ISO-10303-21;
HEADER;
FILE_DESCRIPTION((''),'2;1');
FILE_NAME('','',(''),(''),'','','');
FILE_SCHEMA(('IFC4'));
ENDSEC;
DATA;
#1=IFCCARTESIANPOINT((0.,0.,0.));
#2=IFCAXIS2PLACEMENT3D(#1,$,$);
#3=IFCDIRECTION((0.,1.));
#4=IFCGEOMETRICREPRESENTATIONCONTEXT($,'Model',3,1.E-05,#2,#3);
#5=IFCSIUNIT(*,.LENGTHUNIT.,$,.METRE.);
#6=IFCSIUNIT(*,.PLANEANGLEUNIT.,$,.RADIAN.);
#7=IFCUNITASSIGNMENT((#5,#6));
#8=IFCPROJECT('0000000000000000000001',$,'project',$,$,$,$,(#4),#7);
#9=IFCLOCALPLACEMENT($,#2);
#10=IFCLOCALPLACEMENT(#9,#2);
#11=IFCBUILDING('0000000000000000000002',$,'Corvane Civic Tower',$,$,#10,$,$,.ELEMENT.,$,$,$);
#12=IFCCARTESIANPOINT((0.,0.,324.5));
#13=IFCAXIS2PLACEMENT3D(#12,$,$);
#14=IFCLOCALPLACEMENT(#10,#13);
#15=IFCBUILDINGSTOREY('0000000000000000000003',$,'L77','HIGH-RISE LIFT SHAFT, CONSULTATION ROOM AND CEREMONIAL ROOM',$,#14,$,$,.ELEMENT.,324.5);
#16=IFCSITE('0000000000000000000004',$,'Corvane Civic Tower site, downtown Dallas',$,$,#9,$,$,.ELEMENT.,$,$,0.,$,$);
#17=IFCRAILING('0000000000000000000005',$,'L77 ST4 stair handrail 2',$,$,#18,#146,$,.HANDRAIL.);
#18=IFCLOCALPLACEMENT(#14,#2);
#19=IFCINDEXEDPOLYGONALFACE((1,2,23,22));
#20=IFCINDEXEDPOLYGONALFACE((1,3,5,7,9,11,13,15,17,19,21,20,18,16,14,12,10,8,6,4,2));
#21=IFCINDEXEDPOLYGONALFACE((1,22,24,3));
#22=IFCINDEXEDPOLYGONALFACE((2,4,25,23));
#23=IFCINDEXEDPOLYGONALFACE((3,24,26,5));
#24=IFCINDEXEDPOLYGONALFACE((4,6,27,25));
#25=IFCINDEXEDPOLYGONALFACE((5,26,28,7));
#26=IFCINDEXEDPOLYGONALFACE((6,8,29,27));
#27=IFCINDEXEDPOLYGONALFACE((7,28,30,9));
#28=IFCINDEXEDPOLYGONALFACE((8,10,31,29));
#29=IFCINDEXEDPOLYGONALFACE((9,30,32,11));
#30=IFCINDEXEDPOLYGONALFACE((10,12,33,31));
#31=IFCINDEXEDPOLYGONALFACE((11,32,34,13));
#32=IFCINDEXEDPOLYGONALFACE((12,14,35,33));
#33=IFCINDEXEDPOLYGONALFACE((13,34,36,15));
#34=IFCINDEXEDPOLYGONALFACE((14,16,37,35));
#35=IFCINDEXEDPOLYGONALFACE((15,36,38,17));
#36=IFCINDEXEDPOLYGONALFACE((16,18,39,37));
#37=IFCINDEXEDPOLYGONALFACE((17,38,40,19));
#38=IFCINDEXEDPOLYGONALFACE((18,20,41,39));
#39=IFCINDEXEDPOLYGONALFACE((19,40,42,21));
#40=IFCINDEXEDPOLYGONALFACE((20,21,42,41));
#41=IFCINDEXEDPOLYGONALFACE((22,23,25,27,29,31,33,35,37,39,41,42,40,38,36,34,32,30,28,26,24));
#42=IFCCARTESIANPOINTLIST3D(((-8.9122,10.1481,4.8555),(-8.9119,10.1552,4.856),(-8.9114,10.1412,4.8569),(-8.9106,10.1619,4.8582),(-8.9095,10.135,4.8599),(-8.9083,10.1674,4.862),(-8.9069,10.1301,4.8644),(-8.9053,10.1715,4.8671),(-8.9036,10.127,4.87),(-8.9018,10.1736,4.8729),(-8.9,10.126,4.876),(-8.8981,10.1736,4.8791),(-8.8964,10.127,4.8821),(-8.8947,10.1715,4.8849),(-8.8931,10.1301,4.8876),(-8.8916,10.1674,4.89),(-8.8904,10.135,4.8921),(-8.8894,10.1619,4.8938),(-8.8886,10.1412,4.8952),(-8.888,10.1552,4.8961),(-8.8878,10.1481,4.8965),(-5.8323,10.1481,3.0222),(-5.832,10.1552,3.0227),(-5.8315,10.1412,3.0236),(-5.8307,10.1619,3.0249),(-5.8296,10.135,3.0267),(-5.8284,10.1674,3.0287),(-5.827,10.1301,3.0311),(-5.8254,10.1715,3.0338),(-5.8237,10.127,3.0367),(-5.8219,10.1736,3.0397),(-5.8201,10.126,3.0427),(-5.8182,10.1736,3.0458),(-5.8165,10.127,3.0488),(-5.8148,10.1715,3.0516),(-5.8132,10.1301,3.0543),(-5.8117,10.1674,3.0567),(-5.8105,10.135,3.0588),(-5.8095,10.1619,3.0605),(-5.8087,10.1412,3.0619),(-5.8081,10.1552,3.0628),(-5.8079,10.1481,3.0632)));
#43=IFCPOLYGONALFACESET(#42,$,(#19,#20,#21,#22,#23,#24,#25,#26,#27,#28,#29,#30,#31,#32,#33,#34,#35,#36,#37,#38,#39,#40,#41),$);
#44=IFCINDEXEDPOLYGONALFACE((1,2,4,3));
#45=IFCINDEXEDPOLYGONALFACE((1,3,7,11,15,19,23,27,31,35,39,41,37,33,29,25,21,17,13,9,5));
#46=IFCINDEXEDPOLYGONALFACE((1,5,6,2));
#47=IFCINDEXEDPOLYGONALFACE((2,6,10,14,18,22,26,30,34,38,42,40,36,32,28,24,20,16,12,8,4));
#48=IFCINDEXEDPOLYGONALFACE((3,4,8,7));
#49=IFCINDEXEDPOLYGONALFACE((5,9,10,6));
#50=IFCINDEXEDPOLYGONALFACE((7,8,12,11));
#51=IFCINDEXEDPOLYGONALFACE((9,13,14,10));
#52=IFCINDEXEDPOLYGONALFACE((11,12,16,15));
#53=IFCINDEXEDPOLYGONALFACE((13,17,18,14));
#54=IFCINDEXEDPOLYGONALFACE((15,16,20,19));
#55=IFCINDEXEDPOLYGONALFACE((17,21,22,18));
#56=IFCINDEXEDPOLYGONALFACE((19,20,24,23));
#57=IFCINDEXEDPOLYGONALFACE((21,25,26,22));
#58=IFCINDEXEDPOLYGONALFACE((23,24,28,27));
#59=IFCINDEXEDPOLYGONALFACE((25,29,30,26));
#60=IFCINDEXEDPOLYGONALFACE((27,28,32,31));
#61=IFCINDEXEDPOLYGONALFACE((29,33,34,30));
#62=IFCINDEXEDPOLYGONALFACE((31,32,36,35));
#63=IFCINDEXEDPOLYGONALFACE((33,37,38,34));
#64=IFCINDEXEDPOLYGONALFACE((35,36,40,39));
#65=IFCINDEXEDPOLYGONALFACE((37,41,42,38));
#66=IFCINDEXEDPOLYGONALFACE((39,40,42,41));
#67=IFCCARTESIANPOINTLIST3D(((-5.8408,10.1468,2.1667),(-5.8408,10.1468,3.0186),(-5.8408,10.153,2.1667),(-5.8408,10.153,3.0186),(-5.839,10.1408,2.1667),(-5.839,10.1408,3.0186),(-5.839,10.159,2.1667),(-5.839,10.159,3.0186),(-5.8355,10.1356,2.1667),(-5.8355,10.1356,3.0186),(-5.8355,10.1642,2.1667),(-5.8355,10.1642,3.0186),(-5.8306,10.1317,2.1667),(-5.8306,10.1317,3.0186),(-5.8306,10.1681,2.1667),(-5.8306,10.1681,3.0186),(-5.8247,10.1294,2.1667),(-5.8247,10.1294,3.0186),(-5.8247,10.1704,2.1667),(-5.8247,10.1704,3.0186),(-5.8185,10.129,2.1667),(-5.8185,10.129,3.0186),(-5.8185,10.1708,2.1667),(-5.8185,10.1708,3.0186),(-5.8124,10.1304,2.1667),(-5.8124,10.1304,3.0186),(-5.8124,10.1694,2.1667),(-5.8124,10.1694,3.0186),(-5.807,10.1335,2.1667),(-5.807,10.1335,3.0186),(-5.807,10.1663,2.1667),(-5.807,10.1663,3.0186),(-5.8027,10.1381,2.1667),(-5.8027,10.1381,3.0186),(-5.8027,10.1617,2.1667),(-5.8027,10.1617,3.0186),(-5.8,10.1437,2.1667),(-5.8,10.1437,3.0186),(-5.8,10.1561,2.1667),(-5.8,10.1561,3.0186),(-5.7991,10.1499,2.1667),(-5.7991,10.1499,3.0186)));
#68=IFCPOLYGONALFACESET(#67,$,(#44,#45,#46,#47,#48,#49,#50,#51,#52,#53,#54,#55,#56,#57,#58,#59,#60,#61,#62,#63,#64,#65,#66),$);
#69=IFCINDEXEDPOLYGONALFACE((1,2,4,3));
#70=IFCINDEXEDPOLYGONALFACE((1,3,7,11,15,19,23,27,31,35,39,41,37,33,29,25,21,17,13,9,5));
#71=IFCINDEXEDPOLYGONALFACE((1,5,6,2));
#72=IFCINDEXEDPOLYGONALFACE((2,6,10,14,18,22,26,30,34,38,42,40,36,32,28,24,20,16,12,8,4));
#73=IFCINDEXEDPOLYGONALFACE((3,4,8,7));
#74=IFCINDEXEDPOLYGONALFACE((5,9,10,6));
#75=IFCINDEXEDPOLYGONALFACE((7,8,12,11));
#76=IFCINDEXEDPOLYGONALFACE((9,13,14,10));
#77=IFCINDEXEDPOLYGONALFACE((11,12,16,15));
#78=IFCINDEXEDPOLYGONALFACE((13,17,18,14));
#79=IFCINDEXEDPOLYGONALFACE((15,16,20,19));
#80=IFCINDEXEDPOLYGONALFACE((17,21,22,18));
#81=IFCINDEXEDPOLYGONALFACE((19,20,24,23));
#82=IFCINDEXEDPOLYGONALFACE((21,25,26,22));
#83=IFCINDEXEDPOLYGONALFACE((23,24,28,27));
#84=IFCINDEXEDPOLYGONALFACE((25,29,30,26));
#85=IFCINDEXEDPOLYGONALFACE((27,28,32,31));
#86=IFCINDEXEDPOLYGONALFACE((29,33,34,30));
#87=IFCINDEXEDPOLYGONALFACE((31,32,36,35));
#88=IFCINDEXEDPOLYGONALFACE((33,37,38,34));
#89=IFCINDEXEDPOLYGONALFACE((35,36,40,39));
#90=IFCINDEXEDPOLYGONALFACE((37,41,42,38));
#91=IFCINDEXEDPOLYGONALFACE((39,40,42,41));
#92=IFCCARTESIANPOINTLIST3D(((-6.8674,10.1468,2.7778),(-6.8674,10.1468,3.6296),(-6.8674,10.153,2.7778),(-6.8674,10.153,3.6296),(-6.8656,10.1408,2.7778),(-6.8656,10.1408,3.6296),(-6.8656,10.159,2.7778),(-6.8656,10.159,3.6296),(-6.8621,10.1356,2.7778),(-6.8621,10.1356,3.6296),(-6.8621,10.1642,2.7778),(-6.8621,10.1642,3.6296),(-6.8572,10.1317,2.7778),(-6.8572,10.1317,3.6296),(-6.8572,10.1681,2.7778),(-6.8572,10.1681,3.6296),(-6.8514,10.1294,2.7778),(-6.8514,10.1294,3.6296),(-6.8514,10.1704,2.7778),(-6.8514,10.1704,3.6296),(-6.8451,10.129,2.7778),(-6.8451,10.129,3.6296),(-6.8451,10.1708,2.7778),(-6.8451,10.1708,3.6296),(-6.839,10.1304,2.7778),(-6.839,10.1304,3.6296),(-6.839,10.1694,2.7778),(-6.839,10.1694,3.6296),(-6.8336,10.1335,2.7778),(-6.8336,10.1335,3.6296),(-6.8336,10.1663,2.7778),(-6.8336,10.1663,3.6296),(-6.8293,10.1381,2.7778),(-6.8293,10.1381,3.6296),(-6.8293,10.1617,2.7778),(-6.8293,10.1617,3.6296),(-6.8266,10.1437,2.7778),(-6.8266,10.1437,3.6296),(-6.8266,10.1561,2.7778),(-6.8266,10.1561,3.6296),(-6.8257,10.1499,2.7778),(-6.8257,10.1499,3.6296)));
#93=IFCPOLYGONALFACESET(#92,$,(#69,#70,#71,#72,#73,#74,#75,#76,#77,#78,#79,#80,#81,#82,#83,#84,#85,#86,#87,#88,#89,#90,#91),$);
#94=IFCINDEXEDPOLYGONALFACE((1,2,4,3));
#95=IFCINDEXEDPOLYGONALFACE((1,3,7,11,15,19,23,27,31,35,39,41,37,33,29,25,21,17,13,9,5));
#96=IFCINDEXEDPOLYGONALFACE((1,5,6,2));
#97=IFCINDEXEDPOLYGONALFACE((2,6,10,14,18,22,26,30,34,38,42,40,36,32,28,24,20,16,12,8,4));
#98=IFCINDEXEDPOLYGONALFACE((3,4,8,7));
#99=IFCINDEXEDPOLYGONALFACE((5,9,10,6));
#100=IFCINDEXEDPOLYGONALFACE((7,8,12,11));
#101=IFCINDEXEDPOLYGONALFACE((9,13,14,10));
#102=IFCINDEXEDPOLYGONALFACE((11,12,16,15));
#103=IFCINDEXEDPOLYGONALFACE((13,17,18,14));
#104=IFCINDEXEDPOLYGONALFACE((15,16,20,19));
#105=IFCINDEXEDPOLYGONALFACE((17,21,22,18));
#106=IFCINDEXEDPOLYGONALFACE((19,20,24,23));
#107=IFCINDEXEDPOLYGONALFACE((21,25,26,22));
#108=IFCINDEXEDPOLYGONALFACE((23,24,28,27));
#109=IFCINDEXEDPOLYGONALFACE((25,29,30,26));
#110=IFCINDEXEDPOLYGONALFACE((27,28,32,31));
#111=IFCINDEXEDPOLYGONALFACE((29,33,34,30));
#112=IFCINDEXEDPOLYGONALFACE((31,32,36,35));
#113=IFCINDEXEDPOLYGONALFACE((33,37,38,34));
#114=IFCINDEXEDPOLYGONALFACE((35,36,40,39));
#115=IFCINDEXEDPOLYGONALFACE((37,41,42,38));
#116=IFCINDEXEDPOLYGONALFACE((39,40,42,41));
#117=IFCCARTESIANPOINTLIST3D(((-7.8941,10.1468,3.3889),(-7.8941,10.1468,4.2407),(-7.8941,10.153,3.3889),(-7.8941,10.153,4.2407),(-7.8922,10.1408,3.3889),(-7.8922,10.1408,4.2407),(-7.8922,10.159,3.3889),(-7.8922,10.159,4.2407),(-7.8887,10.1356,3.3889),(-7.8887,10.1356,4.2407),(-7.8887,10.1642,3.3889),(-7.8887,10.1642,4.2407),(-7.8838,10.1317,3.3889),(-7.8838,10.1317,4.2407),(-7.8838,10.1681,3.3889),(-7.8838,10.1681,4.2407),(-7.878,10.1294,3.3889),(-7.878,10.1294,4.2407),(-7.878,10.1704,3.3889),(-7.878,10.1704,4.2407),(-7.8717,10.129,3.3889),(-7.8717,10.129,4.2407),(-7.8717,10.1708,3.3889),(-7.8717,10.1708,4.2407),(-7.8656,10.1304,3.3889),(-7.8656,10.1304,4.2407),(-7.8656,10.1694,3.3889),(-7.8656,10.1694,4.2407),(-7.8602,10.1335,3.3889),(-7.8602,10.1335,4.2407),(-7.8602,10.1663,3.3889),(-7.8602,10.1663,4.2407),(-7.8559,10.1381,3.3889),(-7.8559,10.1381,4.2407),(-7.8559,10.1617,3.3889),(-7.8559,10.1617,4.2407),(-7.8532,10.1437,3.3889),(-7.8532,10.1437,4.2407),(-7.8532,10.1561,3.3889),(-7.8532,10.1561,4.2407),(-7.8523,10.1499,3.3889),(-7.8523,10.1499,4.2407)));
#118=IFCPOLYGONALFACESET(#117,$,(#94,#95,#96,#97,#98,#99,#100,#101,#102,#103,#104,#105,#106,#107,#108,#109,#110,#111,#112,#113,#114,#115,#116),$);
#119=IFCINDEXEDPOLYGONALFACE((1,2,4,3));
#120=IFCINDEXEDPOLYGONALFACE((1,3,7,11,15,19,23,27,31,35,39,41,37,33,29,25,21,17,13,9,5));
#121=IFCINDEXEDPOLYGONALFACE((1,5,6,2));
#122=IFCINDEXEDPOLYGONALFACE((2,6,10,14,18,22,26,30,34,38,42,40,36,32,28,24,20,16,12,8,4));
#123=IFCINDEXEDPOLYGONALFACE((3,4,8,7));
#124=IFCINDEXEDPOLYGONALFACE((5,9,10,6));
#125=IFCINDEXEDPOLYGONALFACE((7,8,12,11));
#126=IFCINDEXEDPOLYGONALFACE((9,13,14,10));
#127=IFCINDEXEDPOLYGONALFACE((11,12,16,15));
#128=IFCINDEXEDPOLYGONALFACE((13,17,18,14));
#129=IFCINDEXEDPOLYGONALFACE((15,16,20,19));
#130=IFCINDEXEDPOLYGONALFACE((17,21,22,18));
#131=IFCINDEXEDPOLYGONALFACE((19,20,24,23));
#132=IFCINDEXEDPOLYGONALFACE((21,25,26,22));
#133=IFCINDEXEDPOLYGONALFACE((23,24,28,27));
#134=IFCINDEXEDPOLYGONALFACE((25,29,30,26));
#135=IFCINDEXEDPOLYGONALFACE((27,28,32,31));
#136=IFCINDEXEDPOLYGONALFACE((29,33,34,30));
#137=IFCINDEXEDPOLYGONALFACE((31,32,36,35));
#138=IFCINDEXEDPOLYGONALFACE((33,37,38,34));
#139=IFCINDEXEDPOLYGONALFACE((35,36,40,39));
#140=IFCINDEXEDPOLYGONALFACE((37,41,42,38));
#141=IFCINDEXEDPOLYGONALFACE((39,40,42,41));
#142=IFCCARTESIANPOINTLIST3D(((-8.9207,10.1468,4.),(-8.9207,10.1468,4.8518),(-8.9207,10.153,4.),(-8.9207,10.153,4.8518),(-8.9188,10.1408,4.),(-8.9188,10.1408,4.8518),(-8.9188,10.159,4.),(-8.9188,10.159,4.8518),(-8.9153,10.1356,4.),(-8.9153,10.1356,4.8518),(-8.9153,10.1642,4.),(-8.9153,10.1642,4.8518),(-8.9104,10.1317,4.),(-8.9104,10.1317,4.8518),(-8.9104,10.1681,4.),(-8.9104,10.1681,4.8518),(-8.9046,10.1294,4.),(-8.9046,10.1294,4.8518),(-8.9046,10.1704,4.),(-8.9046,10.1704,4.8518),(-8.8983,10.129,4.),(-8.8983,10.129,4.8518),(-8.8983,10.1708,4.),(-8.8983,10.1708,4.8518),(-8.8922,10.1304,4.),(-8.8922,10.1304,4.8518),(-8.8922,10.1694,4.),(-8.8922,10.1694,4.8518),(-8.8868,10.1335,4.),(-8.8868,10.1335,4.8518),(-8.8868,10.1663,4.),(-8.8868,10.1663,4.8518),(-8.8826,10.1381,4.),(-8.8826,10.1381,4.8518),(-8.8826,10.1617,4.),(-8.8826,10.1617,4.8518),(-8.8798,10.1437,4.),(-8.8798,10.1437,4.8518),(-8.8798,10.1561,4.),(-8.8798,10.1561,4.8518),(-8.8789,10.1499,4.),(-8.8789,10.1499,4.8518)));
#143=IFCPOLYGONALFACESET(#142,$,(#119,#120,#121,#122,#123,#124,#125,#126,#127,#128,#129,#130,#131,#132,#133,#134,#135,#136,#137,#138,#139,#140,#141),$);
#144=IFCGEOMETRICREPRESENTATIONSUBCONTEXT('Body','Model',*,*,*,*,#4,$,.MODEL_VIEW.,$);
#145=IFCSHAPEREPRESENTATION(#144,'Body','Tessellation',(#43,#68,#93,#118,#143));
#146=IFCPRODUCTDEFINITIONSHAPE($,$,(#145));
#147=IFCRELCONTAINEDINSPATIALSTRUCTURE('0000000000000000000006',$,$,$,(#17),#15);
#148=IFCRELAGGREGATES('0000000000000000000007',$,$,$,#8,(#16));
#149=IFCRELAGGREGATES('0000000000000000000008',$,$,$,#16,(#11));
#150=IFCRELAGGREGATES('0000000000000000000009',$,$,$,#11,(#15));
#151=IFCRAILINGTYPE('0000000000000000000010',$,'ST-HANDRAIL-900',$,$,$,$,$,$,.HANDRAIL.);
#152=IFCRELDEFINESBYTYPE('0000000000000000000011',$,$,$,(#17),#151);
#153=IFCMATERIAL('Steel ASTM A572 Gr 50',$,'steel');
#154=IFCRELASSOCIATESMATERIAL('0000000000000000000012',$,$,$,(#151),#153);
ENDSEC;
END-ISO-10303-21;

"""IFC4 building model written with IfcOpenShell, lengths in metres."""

from ifc_helpers import new_model, si_unit, direction, frame, origin, origin_2d, place, context, subcontext, project, spatial, circle, extrude, material, type_object, element, save


model = new_model("IFC4")

# Units and contexts
model_context = context("Model", 3, precision=1e-05, world=origin(), true_north=direction((0.0, 1.0)))
body_context = subcontext(model_context, "Body", "Model", "MODEL_VIEW")
ifc_project = project(units=[si_unit("LENGTHUNIT", "METRE"), si_unit("PLANEANGLEUNIT", "RADIAN")], contexts=[model_context])

# Site, building, storey
site_placement = place(None, origin())
site = spatial("IfcSite", under=ifc_project, at=site_placement, Name="Corvane Civic Tower site, downtown Dallas", CompositionType="ELEMENT", RefElevation=0.0)
building_placement = place(site_placement, origin())
building = spatial("IfcBuilding", under=site, at=building_placement, Name="Corvane Civic Tower", CompositionType="ELEMENT")
storey_placement = place(building_placement, frame((0.0, 0.0, 324.5)))
storey = spatial("IfcBuildingStorey", under=building, at=storey_placement, Name="L77", Description="HIGH-RISE LIFT SHAFT, CONSULTATION ROOM AND CEREMONIAL ROOM", CompositionType="ELEMENT", Elevation=324.5)

# Railing
ifc_material_1 = material(Name="Steel ASTM A572 Gr 50", Category="steel")
railing_type_1 = type_object("IfcRailingType", Name="ST-HANDRAIL-900", PredefinedType="HANDRAIL", material=ifc_material_1)
railing_1_placement = place(storey_placement, frame((-5.8201, 10.1499, 2.1667)))
element("IfcRailing", 1, at=railing_1_placement, inside=storey, type_object=railing_type_1, Name="L77 ST4 stair handrail 2", PredefinedType="HANDRAIL", context=body_context, shape_type="SweptSolid", body=[
    extrude(circle(Radius=0.0239, at=origin_2d()), frame((0.0, 0.0, 0.876), z_axis=(-0.859291, 0.0, 0.511487), x_axis=(0.0, -1.0, 0.0)), (0.0, 0.0, 1.0), 3.5842),
    extrude(circle(Radius=0.021, at=origin_2d()), origin(), (0.0, 0.0, 1.0), 0.8518),
    extrude(circle(Radius=0.021, at=origin_2d()), frame((-1.0266, 0.0, 0.6111)), (0.0, 0.0, 1.0), 0.8518),
    extrude(circle(Radius=0.021, at=origin_2d()), frame((-2.0532, 0.0, 1.2222)), (0.0, 0.0, 1.0), 0.8518),
    extrude(circle(Radius=0.021, at=origin_2d()), frame((-3.0798, 0.0, 1.8333)), (0.0, 0.0, 1.0), 0.8518),
])

save(model, "model.ifc")
